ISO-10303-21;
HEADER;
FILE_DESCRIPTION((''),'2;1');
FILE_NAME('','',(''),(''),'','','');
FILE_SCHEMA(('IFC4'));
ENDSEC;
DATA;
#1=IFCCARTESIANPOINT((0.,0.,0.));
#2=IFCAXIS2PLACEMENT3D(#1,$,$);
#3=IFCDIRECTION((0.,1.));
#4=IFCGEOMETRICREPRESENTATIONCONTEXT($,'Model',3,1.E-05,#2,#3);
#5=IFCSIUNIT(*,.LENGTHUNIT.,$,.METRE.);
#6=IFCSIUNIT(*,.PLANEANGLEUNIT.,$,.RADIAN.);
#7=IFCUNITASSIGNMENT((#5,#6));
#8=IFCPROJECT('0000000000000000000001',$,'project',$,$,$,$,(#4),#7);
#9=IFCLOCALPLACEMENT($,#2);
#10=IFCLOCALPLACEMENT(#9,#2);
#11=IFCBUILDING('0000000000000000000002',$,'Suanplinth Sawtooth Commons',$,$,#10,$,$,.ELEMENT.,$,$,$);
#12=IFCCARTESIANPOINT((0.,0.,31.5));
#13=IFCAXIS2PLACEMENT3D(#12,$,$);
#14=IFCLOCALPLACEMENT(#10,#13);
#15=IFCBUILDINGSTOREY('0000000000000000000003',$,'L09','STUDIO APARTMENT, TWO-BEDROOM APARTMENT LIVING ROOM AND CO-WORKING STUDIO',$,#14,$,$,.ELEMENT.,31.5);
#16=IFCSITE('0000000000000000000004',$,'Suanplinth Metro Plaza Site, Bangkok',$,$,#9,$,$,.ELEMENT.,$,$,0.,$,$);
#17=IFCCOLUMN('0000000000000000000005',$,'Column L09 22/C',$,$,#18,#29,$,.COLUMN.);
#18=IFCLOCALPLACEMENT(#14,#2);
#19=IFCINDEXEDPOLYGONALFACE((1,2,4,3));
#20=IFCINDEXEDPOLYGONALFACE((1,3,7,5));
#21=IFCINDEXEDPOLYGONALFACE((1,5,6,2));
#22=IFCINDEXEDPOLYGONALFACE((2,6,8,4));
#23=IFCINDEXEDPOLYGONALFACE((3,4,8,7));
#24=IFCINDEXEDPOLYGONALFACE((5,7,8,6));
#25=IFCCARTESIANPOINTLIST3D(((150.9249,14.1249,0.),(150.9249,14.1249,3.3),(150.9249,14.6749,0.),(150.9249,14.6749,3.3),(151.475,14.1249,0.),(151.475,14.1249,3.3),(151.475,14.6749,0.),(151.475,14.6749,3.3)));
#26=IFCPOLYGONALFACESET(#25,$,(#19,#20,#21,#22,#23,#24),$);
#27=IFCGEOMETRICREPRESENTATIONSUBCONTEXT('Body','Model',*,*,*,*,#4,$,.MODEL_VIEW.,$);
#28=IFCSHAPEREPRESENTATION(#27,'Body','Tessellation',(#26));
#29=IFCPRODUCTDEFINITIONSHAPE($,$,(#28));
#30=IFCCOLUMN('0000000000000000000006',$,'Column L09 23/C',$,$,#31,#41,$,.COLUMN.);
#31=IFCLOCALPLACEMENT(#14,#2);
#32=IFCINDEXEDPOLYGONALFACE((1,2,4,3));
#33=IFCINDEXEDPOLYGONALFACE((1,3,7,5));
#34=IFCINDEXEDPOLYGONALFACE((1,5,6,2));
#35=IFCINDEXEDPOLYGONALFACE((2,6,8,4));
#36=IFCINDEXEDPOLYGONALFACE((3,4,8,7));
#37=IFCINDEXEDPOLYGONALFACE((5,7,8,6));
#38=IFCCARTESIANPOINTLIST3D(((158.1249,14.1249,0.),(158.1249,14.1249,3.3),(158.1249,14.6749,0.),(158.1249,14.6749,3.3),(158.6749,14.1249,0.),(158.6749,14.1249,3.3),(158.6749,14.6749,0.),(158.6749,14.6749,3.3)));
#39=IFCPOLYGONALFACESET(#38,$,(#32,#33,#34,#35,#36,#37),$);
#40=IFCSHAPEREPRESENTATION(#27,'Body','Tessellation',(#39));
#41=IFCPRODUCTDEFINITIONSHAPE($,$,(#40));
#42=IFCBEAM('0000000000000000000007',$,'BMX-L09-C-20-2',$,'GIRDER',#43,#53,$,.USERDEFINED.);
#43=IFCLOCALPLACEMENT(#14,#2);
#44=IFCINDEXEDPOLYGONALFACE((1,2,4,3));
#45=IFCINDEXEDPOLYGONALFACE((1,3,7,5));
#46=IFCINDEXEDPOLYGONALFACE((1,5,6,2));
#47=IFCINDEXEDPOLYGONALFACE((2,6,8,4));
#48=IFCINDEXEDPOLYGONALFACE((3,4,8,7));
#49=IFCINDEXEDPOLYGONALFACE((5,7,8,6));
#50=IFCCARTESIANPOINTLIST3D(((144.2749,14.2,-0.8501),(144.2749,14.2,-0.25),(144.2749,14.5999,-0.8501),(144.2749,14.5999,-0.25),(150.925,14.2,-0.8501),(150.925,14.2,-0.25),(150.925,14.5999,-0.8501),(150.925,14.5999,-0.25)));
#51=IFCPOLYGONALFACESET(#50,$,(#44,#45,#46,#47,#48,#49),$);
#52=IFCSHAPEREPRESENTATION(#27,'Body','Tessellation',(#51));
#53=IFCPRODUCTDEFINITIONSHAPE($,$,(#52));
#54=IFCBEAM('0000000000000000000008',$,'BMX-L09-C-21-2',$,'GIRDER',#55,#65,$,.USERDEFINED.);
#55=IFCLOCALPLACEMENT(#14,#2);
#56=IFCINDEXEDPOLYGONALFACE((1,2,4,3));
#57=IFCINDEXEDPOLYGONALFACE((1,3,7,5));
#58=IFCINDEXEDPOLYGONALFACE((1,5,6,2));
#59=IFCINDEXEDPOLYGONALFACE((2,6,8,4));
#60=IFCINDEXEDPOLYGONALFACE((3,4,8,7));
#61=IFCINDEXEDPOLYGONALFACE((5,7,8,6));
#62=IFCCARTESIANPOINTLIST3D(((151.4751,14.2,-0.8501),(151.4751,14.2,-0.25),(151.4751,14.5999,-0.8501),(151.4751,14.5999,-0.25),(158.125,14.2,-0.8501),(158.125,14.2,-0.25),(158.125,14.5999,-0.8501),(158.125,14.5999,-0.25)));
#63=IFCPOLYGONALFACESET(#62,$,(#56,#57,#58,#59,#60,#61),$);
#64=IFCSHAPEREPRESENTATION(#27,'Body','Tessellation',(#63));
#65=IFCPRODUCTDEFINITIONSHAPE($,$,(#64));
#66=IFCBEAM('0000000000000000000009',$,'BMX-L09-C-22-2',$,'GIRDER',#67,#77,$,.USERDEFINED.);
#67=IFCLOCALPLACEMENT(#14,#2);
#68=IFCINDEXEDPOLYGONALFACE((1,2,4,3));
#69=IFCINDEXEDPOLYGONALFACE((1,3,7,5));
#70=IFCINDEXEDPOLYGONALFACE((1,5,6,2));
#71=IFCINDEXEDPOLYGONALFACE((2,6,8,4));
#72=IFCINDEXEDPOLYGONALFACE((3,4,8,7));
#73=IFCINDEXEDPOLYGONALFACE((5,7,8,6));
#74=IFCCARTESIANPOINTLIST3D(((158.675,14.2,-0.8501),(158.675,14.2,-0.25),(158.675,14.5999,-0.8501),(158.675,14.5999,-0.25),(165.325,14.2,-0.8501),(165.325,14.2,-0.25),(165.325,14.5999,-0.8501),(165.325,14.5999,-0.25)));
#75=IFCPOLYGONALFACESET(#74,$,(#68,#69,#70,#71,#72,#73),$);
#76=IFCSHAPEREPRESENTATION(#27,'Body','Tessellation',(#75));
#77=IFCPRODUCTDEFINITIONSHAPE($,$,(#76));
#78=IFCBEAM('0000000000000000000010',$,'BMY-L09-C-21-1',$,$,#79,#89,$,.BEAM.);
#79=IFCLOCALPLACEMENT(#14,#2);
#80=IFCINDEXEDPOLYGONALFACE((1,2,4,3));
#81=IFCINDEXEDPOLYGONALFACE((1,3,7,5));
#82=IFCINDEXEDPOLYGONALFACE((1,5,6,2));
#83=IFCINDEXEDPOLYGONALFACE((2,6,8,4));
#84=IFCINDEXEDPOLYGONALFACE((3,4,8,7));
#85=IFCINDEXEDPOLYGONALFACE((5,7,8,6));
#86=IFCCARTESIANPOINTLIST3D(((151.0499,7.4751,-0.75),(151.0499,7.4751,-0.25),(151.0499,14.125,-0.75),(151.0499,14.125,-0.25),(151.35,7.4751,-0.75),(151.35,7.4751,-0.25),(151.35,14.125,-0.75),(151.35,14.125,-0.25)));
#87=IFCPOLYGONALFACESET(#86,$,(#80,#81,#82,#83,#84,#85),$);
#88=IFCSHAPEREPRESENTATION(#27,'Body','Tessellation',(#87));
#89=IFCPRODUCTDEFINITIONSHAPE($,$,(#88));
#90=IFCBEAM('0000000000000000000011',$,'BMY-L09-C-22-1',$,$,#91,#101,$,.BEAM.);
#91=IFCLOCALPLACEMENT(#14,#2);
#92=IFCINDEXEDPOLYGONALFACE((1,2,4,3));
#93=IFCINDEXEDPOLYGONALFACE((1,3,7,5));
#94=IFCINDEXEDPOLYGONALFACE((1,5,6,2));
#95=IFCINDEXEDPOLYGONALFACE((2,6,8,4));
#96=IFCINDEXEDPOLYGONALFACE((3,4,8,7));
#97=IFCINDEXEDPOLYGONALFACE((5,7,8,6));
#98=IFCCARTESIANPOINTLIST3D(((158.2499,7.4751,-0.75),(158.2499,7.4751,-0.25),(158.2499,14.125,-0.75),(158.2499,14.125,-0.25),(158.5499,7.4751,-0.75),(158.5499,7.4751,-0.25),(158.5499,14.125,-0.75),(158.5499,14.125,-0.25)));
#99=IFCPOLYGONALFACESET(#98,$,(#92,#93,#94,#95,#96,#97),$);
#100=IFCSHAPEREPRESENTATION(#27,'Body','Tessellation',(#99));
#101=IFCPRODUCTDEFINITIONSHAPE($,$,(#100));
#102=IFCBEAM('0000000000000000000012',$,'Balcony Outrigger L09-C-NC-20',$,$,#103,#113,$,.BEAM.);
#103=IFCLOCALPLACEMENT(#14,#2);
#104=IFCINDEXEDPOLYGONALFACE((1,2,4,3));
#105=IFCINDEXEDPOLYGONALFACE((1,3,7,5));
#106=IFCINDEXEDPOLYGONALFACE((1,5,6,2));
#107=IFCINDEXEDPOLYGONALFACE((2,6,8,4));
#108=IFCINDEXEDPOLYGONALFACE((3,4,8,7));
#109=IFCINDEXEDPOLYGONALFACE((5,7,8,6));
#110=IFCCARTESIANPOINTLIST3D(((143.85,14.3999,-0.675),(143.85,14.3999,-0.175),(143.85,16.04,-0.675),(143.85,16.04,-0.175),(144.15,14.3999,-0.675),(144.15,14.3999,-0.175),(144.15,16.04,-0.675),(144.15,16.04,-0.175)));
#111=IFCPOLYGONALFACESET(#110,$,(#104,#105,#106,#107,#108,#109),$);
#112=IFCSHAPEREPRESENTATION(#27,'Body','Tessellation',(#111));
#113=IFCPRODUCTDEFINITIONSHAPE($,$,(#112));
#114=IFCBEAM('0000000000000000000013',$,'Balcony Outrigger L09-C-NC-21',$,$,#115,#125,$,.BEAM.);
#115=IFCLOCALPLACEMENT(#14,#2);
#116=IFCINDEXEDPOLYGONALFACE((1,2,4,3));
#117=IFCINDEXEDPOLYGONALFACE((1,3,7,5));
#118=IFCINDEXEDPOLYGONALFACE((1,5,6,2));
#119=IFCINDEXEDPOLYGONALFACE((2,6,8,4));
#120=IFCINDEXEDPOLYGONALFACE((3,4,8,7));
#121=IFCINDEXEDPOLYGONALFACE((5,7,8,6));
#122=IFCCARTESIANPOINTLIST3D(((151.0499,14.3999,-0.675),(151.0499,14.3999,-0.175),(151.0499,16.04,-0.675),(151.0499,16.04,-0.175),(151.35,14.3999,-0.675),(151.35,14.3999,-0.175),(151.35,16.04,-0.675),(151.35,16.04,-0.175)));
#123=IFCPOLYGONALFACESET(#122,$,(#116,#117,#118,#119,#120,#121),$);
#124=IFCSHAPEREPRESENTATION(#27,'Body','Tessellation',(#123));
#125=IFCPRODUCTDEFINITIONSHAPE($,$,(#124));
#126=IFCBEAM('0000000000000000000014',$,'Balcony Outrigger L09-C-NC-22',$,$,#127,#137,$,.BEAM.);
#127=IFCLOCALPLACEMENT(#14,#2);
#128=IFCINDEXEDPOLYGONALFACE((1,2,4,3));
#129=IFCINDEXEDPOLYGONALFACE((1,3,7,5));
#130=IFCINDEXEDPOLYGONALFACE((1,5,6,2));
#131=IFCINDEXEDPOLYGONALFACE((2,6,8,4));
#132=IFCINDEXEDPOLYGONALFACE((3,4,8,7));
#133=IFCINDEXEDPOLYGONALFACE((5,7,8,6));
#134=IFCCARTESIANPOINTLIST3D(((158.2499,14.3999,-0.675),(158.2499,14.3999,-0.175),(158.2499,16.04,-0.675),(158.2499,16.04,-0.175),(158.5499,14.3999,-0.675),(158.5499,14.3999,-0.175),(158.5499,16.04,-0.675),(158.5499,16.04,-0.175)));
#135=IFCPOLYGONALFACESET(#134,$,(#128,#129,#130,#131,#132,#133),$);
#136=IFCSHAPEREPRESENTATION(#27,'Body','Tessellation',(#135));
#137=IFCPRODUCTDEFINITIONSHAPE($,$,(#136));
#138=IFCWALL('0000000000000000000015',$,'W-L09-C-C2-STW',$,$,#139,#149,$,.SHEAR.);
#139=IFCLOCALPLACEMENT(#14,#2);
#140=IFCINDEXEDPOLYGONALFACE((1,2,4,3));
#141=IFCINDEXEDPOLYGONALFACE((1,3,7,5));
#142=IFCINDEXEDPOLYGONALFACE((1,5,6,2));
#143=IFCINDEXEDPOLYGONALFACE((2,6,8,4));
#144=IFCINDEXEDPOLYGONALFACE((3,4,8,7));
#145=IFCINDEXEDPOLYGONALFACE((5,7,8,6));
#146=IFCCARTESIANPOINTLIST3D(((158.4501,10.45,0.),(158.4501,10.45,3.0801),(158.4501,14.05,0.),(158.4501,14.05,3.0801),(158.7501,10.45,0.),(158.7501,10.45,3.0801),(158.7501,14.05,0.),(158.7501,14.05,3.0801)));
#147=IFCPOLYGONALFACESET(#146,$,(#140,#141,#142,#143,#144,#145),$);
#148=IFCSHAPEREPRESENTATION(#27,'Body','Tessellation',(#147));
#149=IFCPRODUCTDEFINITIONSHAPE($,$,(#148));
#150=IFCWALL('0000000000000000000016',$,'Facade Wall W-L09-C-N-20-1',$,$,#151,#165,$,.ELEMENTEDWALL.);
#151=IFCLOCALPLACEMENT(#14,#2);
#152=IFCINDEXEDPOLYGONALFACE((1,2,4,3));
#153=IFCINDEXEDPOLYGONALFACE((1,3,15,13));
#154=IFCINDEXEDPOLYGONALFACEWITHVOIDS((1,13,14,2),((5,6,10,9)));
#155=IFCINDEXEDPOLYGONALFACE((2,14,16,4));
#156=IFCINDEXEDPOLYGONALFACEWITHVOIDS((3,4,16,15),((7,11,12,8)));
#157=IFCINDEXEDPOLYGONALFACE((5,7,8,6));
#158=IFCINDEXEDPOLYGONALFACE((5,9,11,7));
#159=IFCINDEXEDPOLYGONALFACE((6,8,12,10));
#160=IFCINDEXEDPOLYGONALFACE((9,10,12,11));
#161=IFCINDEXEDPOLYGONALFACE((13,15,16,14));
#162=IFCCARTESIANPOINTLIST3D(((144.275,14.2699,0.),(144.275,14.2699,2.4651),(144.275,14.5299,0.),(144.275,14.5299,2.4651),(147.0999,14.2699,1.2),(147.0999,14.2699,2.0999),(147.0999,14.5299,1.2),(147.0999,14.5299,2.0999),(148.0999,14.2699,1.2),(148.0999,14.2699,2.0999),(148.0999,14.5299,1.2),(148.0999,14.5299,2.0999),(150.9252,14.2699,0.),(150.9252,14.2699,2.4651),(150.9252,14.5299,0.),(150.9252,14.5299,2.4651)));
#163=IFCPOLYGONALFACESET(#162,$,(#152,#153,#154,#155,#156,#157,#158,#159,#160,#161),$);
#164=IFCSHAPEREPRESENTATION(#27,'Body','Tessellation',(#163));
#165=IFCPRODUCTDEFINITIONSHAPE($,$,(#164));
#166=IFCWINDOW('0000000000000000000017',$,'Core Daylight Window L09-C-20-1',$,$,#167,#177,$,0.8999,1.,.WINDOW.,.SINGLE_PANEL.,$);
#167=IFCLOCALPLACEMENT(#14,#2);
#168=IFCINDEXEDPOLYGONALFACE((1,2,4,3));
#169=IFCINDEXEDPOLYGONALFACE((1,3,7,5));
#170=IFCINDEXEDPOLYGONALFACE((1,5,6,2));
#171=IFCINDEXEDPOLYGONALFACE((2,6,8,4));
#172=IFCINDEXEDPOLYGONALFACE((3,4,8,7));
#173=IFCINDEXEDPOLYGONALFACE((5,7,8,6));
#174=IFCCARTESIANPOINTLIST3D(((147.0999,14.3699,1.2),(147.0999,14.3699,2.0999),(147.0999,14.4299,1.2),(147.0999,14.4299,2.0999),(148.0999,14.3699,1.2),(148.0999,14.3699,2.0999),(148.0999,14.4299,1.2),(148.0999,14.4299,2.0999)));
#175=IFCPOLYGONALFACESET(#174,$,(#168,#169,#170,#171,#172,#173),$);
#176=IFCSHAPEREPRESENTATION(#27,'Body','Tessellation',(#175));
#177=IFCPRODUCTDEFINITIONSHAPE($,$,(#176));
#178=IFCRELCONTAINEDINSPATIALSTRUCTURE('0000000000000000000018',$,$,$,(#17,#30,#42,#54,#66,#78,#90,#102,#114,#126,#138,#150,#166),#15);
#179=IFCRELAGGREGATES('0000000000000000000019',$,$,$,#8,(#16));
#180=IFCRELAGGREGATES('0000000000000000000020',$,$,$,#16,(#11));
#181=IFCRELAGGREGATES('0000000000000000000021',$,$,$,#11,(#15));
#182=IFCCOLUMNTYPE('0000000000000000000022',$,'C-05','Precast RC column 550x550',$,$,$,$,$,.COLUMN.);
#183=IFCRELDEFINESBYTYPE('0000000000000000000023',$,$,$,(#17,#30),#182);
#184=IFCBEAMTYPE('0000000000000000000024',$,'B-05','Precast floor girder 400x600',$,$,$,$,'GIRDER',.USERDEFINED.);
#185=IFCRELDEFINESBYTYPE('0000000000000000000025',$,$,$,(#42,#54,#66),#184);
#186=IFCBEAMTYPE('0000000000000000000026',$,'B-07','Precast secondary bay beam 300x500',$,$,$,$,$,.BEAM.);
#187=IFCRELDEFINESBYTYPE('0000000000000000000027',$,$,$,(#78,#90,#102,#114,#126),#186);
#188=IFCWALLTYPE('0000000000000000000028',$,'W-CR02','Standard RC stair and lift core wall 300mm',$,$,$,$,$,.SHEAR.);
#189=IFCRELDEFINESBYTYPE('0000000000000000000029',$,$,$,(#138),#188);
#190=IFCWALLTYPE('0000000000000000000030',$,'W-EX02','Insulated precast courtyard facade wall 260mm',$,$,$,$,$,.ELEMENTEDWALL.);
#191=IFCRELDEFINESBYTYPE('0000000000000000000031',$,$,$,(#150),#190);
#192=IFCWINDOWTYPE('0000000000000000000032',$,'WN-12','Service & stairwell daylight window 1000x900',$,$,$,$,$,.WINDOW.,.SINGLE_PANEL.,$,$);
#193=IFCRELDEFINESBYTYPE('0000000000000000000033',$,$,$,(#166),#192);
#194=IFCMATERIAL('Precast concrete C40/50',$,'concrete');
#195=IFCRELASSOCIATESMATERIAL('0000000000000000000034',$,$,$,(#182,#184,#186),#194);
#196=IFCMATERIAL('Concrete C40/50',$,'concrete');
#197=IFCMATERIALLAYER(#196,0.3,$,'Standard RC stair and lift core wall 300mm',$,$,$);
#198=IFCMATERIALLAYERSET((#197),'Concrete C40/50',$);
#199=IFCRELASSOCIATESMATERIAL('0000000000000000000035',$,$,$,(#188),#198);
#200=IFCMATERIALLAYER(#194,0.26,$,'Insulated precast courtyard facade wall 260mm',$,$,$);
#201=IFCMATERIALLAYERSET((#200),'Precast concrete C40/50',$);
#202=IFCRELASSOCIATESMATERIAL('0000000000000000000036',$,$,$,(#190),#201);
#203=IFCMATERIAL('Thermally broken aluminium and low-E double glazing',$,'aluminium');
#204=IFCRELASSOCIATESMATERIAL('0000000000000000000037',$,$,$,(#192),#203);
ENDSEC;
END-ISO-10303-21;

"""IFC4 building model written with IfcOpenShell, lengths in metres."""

from ifc_helpers import new_model, si_unit, direction, frame, frame_2d, origin, origin_2d, place, context, subcontext, project, spatial, rectangle, extrude, material, layer, layer_set, material_profile, profile_set, type_object, element, fill, save


model = new_model("IFC4")

# Units and contexts
model_context = context("Model", 3, precision=1e-05, world=origin(), true_north=direction((0.0, 1.0)))
body_context = subcontext(model_context, "Body", "Model", "MODEL_VIEW")
ifc_project = project(units=[si_unit("LENGTHUNIT", "METRE"), si_unit("PLANEANGLEUNIT", "RADIAN")], contexts=[model_context])

# Site, building, storey
site_placement = place(None, origin())
site = spatial("IfcSite", under=ifc_project, at=site_placement, Name="Suanplinth Metro Plaza Site, Bangkok", CompositionType="ELEMENT", RefElevation=0.0)
building_placement = place(site_placement, origin())
building = spatial("IfcBuilding", under=site, at=building_placement, Name="Suanplinth Sawtooth Commons", CompositionType="ELEMENT")
storey_placement = place(building_placement, frame((0.0, 0.0, 31.5)))
storey = spatial("IfcBuildingStorey", under=building, at=storey_placement, Name="L09", Description="STUDIO APARTMENT, TWO-BEDROOM APARTMENT LIVING ROOM AND CO-WORKING STUDIO", CompositionType="ELEMENT", Elevation=31.5)

# Columns
ifc_material_1 = material(Name="Precast concrete C40/50", Category="concrete")
ifc_material_profile_1 = material_profile(ifc_material_1, rectangle(XDim=0.55, YDim=0.55, at=origin_2d()), Name="PC-COL 550x550")
ifc_profile_set_1 = profile_set([ifc_material_profile_1], Name="Precast concrete C40/50")
column_type = type_object("IfcColumnType", Name="C-05", Description="Precast RC column 550x550", PredefinedType="COLUMN", material=ifc_profile_set_1)
for number, where, z_axis, x_axis, name in (
    (1, (151.2, 14.3999, 0.0), (0.0, 0.0, 1.0), (1.0, 0.0, 0.0), "Column L09 22/C"),
    (2, (158.3999, 14.3999, 0.0), (0.0, 0.0, 1.0), (1.0, 0.0, 0.0), "Column L09 23/C"),
):
    element("IfcColumn", number, at=place(storey_placement, frame(where, z_axis=z_axis, x_axis=x_axis)), inside=storey, type_object=column_type, Name=name, PredefinedType="COLUMN", context=body_context, shape_type="SweptSolid", body=[
        extrude(rectangle(XDim=0.55, YDim=0.55, at=origin_2d()), origin(), (0.0, 0.0, 1.0), 3.3),
    ])

# Beams
ifc_material_profile_2 = material_profile(ifc_material_1, rectangle(XDim=0.3999, YDim=0.6001, at=origin_2d()), Name="PC-GDR 400x600")
ifc_profile_set_2 = profile_set([ifc_material_profile_2], Name="Precast concrete C40/50")
beam_type_1 = type_object("IfcBeamType", Name="B-05", Description="Precast floor girder 400x600", ElementType="GIRDER", PredefinedType="USERDEFINED", material=ifc_profile_set_2)
beam_placement = place(storey_placement, frame((144.2749, 14.3999, -0.55), z_axis=(1.0, 0.0, 0.0), x_axis=(0.0, 1.0, 0.0)))
element("IfcBeam", 3, at=beam_placement, inside=storey, type_object=beam_type_1, Name="BMX-L09-C-20-2", ObjectType="GIRDER", PredefinedType="USERDEFINED", context=body_context, shape_type="SweptSolid", body=[
    extrude(rectangle(XDim=0.3999, YDim=0.6001, at=origin_2d()), origin(), (0.0, 0.0, 1.0), 6.6501),
])
for number, where, z_axis, x_axis, name in (
    (4, (151.4751, 14.3999, -0.55), (1.0, 0.0, 0.0), (0.0, 1.0, 0.0), "BMX-L09-C-21-2"),
    (5, (158.675, 14.3999, -0.55), (1.0, 0.0, 0.0), (0.0, 1.0, 0.0), "BMX-L09-C-22-2"),
):
    element("IfcBeam", number, at=place(storey_placement, frame(where, z_axis=z_axis, x_axis=x_axis)), inside=storey, type_object=beam_type_1, Name=name, ObjectType="GIRDER", PredefinedType="USERDEFINED", context=body_context, shape_type="SweptSolid", body=[
        extrude(rectangle(XDim=0.3999, YDim=0.6001, at=origin_2d()), origin(), (0.0, 0.0, 1.0), 6.6499),
    ])
ifc_material_profile_3 = material_profile(ifc_material_1, rectangle(XDim=0.3, YDim=0.5, at=origin_2d()), Name="PC-BM 300x500")
ifc_profile_set_3 = profile_set([ifc_material_profile_3], Name="Precast concrete C40/50")
beam_type_2 = type_object("IfcBeamType", Name="B-07", Description="Precast secondary bay beam 300x500", PredefinedType="BEAM", material=ifc_profile_set_3)
for number, where, z_axis, x_axis, name in (
    (6, (151.2, 7.4751, -0.5), (0.0, 1.0, 0.0), (-1.0, 0.0, 0.0), "BMY-L09-C-21-1"),
    (7, (158.3999, 7.4751, -0.5), (0.0, 1.0, 0.0), (-1.0, 0.0, 0.0), "BMY-L09-C-22-1"),
):
    element("IfcBeam", number, at=place(storey_placement, frame(where, z_axis=z_axis, x_axis=x_axis)), inside=storey, type_object=beam_type_2, Name=name, PredefinedType="BEAM", context=body_context, shape_type="SweptSolid", body=[
        extrude(rectangle(XDim=0.3, YDim=0.5, at=origin_2d()), origin(), (0.0, 0.0, 1.0), 6.6499),
    ])
for number, where, z_axis, x_axis, name in (
    (8, (144.0, 14.3999, -0.425), (0.0, 1.0, 0.0), (-1.0, 0.0, 0.0), "Balcony Outrigger L09-C-NC-20"),
    (9, (151.2, 14.3999, -0.425), (0.0, 1.0, 0.0), (-1.0, 0.0, 0.0), "Balcony Outrigger L09-C-NC-21"),
    (10, (158.3999, 14.3999, -0.425), (0.0, 1.0, 0.0), (-1.0, 0.0, 0.0), "Balcony Outrigger L09-C-NC-22"),
):
    element("IfcBeam", number, at=place(storey_placement, frame(where, z_axis=z_axis, x_axis=x_axis)), inside=storey, type_object=beam_type_2, Name=name, PredefinedType="BEAM", context=body_context, shape_type="SweptSolid", body=[
        extrude(rectangle(XDim=0.3, YDim=0.5, at=origin_2d()), origin(), (0.0, 0.0, 1.0), 1.6401),
    ])

# Wall
ifc_material_2 = material(Name="Concrete C40/50", Category="concrete")
ifc_layer_1 = layer(ifc_material_2, 0.3, Name="Standard RC stair and lift core wall 300mm")
ifc_layer_set_1 = layer_set([ifc_layer_1], Name="Concrete C40/50")
wall_type_1 = type_object("IfcWallType", Name="W-CR02", Description="Standard RC stair and lift core wall 300mm", PredefinedType="SHEAR", material=ifc_layer_set_1)
wall_1_placement = place(storey_placement, frame((158.6001, 10.45, 0.0), z_axis=(0.0, 0.0, 1.0), x_axis=(0.0, 1.0, 0.0)))
element("IfcWall", 11, at=wall_1_placement, inside=storey, type_object=wall_type_1, Name="W-L09-C-C2-STW", PredefinedType="SHEAR", context=body_context, shape_type="SweptSolid", body=[
    extrude(rectangle(XDim=3.6001, YDim=0.3, at=frame_2d((1.8, 0.0))), origin(), (0.0, 0.0, 1.0), 3.0801),
])

# Wall, opening, window
ifc_layer_2 = layer(ifc_material_1, 0.26, Name="Insulated precast courtyard facade wall 260mm")
ifc_layer_set_2 = layer_set([ifc_layer_2], Name="Precast concrete C40/50")
wall_type_2 = type_object("IfcWallType", Name="W-EX02", Description="Insulated precast courtyard facade wall 260mm", PredefinedType="ELEMENTEDWALL", material=ifc_layer_set_2)
wall_2_placement = place(storey_placement, frame((144.2749, 14.3999, 0.0), z_axis=(0.0, 0.0, 1.0), x_axis=(1.0, 0.0, 0.0)))
wall_2 = element("IfcWall", 12, at=wall_2_placement, inside=storey, type_object=wall_type_2, Name="Facade Wall W-L09-C-N-20-1", PredefinedType="ELEMENTEDWALL", context=body_context, shape_type="SweptSolid", body=[
    extrude(rectangle(XDim=6.6501, YDim=0.26, at=frame_2d((3.3252, 0.0))), origin(), (0.0, 0.0, 1.0), 2.4651),
])
opening_1_placement = place(wall_2_placement, frame((2.825, 0.0, 1.2)))
opening_1 = element("IfcOpeningElement", 13, at=opening_1_placement, cuts=wall_2, PredefinedType="OPENING", context=body_context, shape_type="SweptSolid", body=[
    extrude(rectangle(XDim=1.0, YDim=0.8999, at=frame_2d((0.5, 0.45))), frame((0.0, 0.145, 0.0), z_axis=(0.0, -1.0, 0.0), x_axis=(1.0, 0.0, 0.0)), (0.0, 0.0, 1.0), 0.2898),
])
ifc_material_3 = material(Name="Thermally broken aluminium and low-E double glazing", Category="aluminium")
window_type_1 = type_object("IfcWindowType", Name="WN-12", Description="Service & stairwell daylight window 1000x900", PartitioningType="SINGLE_PANEL", PredefinedType="WINDOW", material=ifc_material_3)
window_1_placement = place(opening_1_placement, origin())
window_1 = element("IfcWindow", 14, at=window_1_placement, inside=storey, type_object=window_type_1, Name="Core Daylight Window L09-C-20-1", OverallHeight=0.8999, OverallWidth=1.0, PartitioningType="SINGLE_PANEL", PredefinedType="WINDOW", context=body_context, shape_type="SweptSolid", body=[
    extrude(rectangle(XDim=1.0, YDim=0.8999, at=frame_2d((0.5, 0.45))), frame((0.0, 0.03, 0.0), z_axis=(0.0, -1.0, 0.0), x_axis=(1.0, 0.0, 0.0)), (0.0, 0.0, 1.0), 0.0601),
])
fill(opening_1, window_1)

save(model, "model.ifc")
